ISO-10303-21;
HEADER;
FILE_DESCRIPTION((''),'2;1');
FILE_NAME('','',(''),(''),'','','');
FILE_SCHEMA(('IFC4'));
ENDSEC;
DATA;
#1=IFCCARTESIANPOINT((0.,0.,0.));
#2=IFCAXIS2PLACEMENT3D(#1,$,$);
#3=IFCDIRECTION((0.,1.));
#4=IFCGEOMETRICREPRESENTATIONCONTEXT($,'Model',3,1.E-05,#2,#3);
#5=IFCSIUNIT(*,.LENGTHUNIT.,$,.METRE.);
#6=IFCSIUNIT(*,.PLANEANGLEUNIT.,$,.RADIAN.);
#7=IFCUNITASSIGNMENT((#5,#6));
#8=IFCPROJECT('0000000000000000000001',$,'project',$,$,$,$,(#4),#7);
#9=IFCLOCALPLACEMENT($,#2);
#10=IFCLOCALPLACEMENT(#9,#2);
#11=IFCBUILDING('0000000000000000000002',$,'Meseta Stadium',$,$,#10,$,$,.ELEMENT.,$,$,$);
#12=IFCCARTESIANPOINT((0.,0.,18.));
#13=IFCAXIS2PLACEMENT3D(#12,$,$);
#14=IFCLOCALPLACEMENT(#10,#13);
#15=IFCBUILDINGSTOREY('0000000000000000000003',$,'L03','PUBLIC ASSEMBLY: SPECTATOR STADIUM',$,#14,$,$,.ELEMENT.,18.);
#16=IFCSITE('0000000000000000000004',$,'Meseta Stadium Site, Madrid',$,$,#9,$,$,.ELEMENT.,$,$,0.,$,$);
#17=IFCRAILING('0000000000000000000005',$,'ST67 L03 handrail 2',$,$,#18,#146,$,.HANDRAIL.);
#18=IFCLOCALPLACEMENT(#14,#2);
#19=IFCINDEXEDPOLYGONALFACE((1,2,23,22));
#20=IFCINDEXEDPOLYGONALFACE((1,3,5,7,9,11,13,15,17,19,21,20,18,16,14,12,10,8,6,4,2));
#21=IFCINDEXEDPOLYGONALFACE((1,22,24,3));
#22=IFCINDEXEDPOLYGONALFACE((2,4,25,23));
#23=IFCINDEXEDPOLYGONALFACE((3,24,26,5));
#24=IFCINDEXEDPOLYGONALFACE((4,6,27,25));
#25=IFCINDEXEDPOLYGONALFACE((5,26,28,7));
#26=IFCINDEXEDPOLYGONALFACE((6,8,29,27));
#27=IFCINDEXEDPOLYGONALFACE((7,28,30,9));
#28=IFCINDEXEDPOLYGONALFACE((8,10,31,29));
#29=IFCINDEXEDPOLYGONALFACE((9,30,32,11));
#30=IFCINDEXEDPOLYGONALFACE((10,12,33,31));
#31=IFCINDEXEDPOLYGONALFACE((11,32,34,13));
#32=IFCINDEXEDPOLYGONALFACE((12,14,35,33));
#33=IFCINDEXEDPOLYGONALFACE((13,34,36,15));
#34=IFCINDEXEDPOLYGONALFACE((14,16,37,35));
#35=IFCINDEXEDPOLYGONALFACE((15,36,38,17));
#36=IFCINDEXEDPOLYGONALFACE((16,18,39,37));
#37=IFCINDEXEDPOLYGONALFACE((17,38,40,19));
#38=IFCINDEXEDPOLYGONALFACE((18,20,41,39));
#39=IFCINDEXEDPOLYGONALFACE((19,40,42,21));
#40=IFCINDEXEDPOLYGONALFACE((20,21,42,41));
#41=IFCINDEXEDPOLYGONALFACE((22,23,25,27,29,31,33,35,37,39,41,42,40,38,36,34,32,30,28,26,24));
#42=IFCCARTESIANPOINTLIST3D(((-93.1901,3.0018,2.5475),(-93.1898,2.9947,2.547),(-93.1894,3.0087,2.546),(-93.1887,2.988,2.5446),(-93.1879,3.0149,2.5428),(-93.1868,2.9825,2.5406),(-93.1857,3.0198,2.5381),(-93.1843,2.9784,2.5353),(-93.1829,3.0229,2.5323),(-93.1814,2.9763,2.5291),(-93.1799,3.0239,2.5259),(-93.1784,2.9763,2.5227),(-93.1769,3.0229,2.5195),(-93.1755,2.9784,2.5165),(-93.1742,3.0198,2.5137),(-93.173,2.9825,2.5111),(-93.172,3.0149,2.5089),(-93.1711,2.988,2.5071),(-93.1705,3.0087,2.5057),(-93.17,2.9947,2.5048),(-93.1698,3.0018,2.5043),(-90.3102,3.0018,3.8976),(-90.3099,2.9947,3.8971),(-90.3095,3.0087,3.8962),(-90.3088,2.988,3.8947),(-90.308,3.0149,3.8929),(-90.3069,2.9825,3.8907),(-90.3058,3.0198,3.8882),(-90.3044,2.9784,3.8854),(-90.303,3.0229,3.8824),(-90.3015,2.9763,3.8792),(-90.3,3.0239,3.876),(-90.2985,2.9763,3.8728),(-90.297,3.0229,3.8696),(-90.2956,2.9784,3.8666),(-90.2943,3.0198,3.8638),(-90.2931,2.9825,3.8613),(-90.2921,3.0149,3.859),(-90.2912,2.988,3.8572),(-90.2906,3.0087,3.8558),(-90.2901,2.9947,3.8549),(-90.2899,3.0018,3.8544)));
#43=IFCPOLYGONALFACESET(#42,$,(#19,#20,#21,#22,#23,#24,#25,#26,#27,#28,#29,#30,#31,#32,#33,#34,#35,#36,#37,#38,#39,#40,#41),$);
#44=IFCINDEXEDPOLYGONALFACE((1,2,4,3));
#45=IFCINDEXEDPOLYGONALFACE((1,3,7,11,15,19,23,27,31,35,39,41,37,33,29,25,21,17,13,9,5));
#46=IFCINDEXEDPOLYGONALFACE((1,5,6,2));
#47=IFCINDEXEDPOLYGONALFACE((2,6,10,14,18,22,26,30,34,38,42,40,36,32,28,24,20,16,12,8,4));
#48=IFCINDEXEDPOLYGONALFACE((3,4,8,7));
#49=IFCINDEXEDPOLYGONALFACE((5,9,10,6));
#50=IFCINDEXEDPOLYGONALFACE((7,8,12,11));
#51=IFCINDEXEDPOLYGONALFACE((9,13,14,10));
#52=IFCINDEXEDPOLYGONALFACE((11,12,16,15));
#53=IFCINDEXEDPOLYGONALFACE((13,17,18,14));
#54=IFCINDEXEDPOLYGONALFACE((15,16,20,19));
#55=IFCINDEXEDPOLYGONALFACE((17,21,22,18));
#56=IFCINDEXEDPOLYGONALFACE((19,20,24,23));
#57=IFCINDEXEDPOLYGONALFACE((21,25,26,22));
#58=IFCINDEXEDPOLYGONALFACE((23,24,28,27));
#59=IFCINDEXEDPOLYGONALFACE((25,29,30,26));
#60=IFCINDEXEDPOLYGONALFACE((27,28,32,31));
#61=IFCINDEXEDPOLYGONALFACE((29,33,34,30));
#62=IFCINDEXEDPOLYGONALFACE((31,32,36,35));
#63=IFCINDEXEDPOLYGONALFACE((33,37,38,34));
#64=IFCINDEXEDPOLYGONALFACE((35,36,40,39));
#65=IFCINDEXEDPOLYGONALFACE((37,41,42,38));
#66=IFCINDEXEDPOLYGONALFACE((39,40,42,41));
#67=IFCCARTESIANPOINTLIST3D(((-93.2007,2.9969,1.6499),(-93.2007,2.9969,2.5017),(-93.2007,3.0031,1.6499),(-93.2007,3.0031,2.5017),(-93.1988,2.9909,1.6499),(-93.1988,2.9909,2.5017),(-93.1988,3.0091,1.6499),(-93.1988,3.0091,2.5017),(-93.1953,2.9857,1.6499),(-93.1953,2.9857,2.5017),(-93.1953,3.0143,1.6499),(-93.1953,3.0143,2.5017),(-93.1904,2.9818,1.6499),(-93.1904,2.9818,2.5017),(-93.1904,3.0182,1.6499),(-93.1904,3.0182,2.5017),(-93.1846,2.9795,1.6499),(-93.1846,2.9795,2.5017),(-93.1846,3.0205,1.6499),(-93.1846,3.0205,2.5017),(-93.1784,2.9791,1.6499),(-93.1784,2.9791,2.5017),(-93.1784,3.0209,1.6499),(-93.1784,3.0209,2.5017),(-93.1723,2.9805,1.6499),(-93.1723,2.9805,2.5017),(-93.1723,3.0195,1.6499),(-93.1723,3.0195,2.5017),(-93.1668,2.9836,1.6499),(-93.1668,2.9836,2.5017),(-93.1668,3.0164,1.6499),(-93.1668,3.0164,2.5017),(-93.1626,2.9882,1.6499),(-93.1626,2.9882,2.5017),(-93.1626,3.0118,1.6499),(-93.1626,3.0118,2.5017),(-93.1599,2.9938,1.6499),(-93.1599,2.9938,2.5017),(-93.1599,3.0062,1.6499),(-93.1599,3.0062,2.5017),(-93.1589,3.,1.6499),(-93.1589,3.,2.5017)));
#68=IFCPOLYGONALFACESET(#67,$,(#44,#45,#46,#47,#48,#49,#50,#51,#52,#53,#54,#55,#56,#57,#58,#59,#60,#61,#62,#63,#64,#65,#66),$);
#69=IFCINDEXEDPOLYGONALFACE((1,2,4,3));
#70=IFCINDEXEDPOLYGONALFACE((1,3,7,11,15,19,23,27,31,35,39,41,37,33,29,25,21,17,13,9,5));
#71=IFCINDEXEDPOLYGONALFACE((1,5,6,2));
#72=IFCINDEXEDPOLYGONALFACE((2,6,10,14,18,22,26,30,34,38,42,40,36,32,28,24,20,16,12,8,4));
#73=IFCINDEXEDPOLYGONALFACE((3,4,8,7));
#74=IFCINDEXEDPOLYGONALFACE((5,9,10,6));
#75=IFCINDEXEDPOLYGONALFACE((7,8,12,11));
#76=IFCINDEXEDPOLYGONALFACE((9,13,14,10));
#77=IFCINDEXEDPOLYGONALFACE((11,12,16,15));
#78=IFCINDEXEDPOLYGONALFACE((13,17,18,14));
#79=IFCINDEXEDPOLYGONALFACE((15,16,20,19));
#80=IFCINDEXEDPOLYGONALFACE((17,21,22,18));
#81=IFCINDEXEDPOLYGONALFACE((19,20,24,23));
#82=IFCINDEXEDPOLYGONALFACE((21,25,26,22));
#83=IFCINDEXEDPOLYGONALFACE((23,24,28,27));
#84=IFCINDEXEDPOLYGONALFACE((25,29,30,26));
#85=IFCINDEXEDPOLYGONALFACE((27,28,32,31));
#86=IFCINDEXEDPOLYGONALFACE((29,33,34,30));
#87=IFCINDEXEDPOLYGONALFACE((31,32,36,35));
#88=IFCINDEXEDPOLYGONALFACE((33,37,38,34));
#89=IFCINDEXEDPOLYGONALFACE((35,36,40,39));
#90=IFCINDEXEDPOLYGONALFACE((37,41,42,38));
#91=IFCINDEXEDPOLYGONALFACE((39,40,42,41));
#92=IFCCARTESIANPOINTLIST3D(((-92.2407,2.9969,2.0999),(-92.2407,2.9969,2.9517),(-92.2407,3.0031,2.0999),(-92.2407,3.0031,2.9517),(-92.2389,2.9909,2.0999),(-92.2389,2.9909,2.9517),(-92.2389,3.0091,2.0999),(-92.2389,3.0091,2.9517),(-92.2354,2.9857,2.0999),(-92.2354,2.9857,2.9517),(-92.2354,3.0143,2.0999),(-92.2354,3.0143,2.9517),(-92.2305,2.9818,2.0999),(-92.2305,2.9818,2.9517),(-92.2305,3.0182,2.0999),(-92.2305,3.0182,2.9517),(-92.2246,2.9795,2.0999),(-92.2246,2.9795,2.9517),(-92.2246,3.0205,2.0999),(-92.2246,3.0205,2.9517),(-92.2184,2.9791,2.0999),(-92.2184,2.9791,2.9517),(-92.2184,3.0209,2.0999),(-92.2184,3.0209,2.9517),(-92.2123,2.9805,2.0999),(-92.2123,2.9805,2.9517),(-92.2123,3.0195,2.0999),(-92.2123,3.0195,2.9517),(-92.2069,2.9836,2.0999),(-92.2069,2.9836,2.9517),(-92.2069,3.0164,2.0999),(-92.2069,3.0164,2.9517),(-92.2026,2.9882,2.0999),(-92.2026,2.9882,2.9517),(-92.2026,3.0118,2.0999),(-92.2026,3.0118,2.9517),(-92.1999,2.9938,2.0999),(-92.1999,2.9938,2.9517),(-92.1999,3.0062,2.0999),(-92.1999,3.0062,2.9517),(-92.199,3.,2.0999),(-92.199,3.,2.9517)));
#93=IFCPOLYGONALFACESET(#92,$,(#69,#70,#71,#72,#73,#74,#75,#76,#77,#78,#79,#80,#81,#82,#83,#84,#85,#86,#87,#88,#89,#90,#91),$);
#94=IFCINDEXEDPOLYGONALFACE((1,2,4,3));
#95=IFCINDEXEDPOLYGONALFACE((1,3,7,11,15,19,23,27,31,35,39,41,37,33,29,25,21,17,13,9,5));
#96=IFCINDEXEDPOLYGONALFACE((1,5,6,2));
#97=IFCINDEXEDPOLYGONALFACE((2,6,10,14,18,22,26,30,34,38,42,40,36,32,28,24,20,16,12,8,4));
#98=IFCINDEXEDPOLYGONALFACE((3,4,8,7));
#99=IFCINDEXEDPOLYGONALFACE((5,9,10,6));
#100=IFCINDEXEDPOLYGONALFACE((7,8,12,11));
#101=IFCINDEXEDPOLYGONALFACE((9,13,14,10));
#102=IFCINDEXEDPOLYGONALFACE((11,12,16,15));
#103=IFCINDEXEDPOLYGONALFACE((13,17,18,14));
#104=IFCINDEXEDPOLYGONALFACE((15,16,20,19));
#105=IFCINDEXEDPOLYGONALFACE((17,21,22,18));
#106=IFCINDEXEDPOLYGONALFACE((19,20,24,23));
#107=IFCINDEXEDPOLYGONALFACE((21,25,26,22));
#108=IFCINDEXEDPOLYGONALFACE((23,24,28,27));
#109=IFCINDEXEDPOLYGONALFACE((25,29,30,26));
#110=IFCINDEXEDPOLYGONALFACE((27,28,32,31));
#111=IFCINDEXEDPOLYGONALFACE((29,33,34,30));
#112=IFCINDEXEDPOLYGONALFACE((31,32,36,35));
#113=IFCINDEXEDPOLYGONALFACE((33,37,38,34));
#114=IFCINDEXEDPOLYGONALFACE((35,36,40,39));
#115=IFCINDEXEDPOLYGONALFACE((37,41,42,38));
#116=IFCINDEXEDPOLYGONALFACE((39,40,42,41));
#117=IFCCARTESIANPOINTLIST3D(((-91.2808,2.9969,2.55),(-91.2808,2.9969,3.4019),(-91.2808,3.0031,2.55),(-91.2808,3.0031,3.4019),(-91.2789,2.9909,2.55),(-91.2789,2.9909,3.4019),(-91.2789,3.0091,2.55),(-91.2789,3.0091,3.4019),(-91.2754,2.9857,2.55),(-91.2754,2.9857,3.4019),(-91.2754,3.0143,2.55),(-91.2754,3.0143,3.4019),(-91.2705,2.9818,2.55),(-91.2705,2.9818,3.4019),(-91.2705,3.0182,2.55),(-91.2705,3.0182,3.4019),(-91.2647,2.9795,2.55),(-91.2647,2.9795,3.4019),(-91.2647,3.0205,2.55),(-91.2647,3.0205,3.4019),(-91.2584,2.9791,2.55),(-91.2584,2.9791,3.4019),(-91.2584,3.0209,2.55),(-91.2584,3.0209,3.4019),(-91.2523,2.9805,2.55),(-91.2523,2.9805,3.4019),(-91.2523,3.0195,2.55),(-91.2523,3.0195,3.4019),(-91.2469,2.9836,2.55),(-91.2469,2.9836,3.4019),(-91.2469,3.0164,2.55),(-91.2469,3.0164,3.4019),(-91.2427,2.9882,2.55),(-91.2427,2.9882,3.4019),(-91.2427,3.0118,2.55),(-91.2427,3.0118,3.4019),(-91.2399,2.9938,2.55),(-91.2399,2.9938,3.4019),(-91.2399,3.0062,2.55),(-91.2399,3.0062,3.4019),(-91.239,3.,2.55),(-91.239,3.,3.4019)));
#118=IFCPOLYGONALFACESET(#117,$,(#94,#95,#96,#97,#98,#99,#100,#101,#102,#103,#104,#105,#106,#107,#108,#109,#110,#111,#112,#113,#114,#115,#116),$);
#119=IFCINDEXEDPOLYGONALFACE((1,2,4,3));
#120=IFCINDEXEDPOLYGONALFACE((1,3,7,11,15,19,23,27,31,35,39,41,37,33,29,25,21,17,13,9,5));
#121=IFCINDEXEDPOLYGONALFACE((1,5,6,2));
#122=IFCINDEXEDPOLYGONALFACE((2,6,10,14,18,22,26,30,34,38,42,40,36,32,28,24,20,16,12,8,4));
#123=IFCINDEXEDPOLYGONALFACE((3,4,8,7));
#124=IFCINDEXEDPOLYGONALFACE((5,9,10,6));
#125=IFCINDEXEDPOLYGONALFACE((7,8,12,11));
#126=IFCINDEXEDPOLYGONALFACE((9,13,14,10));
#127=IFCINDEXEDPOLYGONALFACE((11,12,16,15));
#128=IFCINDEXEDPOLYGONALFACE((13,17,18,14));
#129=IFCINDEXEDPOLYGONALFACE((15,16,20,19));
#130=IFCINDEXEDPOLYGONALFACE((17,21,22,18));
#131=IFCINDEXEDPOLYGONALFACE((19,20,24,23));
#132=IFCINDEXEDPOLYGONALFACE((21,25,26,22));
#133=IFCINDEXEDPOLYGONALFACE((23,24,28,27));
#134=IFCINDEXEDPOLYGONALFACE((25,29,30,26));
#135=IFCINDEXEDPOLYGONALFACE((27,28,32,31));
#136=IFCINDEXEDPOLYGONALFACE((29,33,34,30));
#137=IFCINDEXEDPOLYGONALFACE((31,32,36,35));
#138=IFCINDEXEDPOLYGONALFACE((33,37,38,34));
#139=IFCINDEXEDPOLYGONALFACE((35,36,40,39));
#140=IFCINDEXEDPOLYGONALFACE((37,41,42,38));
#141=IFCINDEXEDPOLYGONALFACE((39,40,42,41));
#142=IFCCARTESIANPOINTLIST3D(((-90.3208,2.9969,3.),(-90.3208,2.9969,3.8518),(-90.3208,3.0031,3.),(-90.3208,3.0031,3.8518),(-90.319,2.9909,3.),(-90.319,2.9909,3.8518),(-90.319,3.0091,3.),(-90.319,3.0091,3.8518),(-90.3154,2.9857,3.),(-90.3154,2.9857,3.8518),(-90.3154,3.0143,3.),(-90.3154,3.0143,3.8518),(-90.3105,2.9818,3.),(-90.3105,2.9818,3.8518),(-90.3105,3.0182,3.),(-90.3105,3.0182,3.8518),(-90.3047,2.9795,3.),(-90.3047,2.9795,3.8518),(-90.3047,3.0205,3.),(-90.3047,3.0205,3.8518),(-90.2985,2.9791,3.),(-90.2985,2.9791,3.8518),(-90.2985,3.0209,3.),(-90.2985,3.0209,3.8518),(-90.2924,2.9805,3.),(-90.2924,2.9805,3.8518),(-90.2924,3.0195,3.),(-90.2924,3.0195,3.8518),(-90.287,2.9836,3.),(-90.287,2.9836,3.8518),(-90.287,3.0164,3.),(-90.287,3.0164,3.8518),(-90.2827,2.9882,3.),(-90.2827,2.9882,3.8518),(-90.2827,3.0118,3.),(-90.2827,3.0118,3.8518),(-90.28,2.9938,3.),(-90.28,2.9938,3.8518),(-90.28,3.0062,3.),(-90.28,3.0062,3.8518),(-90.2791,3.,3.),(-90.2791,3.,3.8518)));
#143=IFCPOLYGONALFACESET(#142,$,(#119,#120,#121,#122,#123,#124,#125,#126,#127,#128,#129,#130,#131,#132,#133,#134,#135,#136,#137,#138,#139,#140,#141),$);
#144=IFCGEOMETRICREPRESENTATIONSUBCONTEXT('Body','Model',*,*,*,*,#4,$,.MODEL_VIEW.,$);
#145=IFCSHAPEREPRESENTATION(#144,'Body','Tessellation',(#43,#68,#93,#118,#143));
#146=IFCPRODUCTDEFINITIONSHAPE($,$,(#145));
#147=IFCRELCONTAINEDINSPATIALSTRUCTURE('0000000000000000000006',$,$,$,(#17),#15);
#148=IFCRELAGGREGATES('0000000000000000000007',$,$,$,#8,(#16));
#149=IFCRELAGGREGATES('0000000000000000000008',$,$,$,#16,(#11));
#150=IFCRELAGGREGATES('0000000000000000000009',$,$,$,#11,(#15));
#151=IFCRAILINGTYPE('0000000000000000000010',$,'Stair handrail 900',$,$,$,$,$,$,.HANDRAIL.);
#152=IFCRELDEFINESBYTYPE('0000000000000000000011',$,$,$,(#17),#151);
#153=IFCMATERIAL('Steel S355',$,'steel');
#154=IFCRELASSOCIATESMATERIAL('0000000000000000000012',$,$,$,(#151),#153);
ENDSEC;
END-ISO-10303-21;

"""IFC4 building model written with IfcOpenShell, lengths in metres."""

from ifc_helpers import new_model, si_unit, direction, frame, origin, origin_2d, place, context, subcontext, project, spatial, circle, extrude, material, type_object, element, save


model = new_model("IFC4")

# Units and contexts
model_context = context("Model", 3, precision=1e-05, world=origin(), true_north=direction((0.0, 1.0)))
body_context = subcontext(model_context, "Body", "Model", "MODEL_VIEW")
ifc_project = project(units=[si_unit("LENGTHUNIT", "METRE"), si_unit("PLANEANGLEUNIT", "RADIAN")], contexts=[model_context])

# Site, building, storey
site_placement = place(None, origin())
site = spatial("IfcSite", under=ifc_project, at=site_placement, Name="Meseta Stadium Site, Madrid", CompositionType="ELEMENT", RefElevation=0.0)
building_placement = place(site_placement, origin())
building = spatial("IfcBuilding", under=site, at=building_placement, Name="Meseta Stadium", CompositionType="ELEMENT")
storey_placement = place(building_placement, frame((0.0, 0.0, 18.0)))
storey = spatial("IfcBuildingStorey", under=building, at=storey_placement, Name="L03", Description="PUBLIC ASSEMBLY: SPECTATOR STADIUM", CompositionType="ELEMENT", Elevation=18.0)

# Railing
ifc_material_1 = material(Name="Steel S355", Category="steel")
railing_type_1 = type_object("IfcRailingType", Name="Stair handrail 900", PredefinedType="HANDRAIL", material=ifc_material_1)
for number, where, name in (
    (1, (-93.1799, 3.0, 1.6499), "ST67 L03 handrail 2"),
):
    element("IfcRailing", number, at=place(storey_placement, frame(where)), inside=storey, type_object=railing_type_1, Name=name, PredefinedType="HANDRAIL", context=body_context, shape_type="SweptSolid", body=[
        extrude(circle(Radius=0.0239, at=origin_2d()), frame((0.0, 0.0, 0.876), z_axis=(0.90544, 0.0, 0.424473), x_axis=(0.0, 1.0, 0.0)), (0.0, 0.0, 1.0), 3.1807),
        extrude(circle(Radius=0.021, at=origin_2d()), origin(), (0.0, 0.0, 1.0), 0.8518),
        extrude(circle(Radius=0.021, at=origin_2d()), frame((0.96, 0.0, 0.45)), (0.0, 0.0, 1.0), 0.8518),
        extrude(circle(Radius=0.021, at=origin_2d()), frame((1.9199, 0.0, 0.9001)), (0.0, 0.0, 1.0), 0.8518),
        extrude(circle(Radius=0.021, at=origin_2d()), frame((2.8799, 0.0, 1.3501)), (0.0, 0.0, 1.0), 0.8518),
    ])

save(model, "model.ifc")
